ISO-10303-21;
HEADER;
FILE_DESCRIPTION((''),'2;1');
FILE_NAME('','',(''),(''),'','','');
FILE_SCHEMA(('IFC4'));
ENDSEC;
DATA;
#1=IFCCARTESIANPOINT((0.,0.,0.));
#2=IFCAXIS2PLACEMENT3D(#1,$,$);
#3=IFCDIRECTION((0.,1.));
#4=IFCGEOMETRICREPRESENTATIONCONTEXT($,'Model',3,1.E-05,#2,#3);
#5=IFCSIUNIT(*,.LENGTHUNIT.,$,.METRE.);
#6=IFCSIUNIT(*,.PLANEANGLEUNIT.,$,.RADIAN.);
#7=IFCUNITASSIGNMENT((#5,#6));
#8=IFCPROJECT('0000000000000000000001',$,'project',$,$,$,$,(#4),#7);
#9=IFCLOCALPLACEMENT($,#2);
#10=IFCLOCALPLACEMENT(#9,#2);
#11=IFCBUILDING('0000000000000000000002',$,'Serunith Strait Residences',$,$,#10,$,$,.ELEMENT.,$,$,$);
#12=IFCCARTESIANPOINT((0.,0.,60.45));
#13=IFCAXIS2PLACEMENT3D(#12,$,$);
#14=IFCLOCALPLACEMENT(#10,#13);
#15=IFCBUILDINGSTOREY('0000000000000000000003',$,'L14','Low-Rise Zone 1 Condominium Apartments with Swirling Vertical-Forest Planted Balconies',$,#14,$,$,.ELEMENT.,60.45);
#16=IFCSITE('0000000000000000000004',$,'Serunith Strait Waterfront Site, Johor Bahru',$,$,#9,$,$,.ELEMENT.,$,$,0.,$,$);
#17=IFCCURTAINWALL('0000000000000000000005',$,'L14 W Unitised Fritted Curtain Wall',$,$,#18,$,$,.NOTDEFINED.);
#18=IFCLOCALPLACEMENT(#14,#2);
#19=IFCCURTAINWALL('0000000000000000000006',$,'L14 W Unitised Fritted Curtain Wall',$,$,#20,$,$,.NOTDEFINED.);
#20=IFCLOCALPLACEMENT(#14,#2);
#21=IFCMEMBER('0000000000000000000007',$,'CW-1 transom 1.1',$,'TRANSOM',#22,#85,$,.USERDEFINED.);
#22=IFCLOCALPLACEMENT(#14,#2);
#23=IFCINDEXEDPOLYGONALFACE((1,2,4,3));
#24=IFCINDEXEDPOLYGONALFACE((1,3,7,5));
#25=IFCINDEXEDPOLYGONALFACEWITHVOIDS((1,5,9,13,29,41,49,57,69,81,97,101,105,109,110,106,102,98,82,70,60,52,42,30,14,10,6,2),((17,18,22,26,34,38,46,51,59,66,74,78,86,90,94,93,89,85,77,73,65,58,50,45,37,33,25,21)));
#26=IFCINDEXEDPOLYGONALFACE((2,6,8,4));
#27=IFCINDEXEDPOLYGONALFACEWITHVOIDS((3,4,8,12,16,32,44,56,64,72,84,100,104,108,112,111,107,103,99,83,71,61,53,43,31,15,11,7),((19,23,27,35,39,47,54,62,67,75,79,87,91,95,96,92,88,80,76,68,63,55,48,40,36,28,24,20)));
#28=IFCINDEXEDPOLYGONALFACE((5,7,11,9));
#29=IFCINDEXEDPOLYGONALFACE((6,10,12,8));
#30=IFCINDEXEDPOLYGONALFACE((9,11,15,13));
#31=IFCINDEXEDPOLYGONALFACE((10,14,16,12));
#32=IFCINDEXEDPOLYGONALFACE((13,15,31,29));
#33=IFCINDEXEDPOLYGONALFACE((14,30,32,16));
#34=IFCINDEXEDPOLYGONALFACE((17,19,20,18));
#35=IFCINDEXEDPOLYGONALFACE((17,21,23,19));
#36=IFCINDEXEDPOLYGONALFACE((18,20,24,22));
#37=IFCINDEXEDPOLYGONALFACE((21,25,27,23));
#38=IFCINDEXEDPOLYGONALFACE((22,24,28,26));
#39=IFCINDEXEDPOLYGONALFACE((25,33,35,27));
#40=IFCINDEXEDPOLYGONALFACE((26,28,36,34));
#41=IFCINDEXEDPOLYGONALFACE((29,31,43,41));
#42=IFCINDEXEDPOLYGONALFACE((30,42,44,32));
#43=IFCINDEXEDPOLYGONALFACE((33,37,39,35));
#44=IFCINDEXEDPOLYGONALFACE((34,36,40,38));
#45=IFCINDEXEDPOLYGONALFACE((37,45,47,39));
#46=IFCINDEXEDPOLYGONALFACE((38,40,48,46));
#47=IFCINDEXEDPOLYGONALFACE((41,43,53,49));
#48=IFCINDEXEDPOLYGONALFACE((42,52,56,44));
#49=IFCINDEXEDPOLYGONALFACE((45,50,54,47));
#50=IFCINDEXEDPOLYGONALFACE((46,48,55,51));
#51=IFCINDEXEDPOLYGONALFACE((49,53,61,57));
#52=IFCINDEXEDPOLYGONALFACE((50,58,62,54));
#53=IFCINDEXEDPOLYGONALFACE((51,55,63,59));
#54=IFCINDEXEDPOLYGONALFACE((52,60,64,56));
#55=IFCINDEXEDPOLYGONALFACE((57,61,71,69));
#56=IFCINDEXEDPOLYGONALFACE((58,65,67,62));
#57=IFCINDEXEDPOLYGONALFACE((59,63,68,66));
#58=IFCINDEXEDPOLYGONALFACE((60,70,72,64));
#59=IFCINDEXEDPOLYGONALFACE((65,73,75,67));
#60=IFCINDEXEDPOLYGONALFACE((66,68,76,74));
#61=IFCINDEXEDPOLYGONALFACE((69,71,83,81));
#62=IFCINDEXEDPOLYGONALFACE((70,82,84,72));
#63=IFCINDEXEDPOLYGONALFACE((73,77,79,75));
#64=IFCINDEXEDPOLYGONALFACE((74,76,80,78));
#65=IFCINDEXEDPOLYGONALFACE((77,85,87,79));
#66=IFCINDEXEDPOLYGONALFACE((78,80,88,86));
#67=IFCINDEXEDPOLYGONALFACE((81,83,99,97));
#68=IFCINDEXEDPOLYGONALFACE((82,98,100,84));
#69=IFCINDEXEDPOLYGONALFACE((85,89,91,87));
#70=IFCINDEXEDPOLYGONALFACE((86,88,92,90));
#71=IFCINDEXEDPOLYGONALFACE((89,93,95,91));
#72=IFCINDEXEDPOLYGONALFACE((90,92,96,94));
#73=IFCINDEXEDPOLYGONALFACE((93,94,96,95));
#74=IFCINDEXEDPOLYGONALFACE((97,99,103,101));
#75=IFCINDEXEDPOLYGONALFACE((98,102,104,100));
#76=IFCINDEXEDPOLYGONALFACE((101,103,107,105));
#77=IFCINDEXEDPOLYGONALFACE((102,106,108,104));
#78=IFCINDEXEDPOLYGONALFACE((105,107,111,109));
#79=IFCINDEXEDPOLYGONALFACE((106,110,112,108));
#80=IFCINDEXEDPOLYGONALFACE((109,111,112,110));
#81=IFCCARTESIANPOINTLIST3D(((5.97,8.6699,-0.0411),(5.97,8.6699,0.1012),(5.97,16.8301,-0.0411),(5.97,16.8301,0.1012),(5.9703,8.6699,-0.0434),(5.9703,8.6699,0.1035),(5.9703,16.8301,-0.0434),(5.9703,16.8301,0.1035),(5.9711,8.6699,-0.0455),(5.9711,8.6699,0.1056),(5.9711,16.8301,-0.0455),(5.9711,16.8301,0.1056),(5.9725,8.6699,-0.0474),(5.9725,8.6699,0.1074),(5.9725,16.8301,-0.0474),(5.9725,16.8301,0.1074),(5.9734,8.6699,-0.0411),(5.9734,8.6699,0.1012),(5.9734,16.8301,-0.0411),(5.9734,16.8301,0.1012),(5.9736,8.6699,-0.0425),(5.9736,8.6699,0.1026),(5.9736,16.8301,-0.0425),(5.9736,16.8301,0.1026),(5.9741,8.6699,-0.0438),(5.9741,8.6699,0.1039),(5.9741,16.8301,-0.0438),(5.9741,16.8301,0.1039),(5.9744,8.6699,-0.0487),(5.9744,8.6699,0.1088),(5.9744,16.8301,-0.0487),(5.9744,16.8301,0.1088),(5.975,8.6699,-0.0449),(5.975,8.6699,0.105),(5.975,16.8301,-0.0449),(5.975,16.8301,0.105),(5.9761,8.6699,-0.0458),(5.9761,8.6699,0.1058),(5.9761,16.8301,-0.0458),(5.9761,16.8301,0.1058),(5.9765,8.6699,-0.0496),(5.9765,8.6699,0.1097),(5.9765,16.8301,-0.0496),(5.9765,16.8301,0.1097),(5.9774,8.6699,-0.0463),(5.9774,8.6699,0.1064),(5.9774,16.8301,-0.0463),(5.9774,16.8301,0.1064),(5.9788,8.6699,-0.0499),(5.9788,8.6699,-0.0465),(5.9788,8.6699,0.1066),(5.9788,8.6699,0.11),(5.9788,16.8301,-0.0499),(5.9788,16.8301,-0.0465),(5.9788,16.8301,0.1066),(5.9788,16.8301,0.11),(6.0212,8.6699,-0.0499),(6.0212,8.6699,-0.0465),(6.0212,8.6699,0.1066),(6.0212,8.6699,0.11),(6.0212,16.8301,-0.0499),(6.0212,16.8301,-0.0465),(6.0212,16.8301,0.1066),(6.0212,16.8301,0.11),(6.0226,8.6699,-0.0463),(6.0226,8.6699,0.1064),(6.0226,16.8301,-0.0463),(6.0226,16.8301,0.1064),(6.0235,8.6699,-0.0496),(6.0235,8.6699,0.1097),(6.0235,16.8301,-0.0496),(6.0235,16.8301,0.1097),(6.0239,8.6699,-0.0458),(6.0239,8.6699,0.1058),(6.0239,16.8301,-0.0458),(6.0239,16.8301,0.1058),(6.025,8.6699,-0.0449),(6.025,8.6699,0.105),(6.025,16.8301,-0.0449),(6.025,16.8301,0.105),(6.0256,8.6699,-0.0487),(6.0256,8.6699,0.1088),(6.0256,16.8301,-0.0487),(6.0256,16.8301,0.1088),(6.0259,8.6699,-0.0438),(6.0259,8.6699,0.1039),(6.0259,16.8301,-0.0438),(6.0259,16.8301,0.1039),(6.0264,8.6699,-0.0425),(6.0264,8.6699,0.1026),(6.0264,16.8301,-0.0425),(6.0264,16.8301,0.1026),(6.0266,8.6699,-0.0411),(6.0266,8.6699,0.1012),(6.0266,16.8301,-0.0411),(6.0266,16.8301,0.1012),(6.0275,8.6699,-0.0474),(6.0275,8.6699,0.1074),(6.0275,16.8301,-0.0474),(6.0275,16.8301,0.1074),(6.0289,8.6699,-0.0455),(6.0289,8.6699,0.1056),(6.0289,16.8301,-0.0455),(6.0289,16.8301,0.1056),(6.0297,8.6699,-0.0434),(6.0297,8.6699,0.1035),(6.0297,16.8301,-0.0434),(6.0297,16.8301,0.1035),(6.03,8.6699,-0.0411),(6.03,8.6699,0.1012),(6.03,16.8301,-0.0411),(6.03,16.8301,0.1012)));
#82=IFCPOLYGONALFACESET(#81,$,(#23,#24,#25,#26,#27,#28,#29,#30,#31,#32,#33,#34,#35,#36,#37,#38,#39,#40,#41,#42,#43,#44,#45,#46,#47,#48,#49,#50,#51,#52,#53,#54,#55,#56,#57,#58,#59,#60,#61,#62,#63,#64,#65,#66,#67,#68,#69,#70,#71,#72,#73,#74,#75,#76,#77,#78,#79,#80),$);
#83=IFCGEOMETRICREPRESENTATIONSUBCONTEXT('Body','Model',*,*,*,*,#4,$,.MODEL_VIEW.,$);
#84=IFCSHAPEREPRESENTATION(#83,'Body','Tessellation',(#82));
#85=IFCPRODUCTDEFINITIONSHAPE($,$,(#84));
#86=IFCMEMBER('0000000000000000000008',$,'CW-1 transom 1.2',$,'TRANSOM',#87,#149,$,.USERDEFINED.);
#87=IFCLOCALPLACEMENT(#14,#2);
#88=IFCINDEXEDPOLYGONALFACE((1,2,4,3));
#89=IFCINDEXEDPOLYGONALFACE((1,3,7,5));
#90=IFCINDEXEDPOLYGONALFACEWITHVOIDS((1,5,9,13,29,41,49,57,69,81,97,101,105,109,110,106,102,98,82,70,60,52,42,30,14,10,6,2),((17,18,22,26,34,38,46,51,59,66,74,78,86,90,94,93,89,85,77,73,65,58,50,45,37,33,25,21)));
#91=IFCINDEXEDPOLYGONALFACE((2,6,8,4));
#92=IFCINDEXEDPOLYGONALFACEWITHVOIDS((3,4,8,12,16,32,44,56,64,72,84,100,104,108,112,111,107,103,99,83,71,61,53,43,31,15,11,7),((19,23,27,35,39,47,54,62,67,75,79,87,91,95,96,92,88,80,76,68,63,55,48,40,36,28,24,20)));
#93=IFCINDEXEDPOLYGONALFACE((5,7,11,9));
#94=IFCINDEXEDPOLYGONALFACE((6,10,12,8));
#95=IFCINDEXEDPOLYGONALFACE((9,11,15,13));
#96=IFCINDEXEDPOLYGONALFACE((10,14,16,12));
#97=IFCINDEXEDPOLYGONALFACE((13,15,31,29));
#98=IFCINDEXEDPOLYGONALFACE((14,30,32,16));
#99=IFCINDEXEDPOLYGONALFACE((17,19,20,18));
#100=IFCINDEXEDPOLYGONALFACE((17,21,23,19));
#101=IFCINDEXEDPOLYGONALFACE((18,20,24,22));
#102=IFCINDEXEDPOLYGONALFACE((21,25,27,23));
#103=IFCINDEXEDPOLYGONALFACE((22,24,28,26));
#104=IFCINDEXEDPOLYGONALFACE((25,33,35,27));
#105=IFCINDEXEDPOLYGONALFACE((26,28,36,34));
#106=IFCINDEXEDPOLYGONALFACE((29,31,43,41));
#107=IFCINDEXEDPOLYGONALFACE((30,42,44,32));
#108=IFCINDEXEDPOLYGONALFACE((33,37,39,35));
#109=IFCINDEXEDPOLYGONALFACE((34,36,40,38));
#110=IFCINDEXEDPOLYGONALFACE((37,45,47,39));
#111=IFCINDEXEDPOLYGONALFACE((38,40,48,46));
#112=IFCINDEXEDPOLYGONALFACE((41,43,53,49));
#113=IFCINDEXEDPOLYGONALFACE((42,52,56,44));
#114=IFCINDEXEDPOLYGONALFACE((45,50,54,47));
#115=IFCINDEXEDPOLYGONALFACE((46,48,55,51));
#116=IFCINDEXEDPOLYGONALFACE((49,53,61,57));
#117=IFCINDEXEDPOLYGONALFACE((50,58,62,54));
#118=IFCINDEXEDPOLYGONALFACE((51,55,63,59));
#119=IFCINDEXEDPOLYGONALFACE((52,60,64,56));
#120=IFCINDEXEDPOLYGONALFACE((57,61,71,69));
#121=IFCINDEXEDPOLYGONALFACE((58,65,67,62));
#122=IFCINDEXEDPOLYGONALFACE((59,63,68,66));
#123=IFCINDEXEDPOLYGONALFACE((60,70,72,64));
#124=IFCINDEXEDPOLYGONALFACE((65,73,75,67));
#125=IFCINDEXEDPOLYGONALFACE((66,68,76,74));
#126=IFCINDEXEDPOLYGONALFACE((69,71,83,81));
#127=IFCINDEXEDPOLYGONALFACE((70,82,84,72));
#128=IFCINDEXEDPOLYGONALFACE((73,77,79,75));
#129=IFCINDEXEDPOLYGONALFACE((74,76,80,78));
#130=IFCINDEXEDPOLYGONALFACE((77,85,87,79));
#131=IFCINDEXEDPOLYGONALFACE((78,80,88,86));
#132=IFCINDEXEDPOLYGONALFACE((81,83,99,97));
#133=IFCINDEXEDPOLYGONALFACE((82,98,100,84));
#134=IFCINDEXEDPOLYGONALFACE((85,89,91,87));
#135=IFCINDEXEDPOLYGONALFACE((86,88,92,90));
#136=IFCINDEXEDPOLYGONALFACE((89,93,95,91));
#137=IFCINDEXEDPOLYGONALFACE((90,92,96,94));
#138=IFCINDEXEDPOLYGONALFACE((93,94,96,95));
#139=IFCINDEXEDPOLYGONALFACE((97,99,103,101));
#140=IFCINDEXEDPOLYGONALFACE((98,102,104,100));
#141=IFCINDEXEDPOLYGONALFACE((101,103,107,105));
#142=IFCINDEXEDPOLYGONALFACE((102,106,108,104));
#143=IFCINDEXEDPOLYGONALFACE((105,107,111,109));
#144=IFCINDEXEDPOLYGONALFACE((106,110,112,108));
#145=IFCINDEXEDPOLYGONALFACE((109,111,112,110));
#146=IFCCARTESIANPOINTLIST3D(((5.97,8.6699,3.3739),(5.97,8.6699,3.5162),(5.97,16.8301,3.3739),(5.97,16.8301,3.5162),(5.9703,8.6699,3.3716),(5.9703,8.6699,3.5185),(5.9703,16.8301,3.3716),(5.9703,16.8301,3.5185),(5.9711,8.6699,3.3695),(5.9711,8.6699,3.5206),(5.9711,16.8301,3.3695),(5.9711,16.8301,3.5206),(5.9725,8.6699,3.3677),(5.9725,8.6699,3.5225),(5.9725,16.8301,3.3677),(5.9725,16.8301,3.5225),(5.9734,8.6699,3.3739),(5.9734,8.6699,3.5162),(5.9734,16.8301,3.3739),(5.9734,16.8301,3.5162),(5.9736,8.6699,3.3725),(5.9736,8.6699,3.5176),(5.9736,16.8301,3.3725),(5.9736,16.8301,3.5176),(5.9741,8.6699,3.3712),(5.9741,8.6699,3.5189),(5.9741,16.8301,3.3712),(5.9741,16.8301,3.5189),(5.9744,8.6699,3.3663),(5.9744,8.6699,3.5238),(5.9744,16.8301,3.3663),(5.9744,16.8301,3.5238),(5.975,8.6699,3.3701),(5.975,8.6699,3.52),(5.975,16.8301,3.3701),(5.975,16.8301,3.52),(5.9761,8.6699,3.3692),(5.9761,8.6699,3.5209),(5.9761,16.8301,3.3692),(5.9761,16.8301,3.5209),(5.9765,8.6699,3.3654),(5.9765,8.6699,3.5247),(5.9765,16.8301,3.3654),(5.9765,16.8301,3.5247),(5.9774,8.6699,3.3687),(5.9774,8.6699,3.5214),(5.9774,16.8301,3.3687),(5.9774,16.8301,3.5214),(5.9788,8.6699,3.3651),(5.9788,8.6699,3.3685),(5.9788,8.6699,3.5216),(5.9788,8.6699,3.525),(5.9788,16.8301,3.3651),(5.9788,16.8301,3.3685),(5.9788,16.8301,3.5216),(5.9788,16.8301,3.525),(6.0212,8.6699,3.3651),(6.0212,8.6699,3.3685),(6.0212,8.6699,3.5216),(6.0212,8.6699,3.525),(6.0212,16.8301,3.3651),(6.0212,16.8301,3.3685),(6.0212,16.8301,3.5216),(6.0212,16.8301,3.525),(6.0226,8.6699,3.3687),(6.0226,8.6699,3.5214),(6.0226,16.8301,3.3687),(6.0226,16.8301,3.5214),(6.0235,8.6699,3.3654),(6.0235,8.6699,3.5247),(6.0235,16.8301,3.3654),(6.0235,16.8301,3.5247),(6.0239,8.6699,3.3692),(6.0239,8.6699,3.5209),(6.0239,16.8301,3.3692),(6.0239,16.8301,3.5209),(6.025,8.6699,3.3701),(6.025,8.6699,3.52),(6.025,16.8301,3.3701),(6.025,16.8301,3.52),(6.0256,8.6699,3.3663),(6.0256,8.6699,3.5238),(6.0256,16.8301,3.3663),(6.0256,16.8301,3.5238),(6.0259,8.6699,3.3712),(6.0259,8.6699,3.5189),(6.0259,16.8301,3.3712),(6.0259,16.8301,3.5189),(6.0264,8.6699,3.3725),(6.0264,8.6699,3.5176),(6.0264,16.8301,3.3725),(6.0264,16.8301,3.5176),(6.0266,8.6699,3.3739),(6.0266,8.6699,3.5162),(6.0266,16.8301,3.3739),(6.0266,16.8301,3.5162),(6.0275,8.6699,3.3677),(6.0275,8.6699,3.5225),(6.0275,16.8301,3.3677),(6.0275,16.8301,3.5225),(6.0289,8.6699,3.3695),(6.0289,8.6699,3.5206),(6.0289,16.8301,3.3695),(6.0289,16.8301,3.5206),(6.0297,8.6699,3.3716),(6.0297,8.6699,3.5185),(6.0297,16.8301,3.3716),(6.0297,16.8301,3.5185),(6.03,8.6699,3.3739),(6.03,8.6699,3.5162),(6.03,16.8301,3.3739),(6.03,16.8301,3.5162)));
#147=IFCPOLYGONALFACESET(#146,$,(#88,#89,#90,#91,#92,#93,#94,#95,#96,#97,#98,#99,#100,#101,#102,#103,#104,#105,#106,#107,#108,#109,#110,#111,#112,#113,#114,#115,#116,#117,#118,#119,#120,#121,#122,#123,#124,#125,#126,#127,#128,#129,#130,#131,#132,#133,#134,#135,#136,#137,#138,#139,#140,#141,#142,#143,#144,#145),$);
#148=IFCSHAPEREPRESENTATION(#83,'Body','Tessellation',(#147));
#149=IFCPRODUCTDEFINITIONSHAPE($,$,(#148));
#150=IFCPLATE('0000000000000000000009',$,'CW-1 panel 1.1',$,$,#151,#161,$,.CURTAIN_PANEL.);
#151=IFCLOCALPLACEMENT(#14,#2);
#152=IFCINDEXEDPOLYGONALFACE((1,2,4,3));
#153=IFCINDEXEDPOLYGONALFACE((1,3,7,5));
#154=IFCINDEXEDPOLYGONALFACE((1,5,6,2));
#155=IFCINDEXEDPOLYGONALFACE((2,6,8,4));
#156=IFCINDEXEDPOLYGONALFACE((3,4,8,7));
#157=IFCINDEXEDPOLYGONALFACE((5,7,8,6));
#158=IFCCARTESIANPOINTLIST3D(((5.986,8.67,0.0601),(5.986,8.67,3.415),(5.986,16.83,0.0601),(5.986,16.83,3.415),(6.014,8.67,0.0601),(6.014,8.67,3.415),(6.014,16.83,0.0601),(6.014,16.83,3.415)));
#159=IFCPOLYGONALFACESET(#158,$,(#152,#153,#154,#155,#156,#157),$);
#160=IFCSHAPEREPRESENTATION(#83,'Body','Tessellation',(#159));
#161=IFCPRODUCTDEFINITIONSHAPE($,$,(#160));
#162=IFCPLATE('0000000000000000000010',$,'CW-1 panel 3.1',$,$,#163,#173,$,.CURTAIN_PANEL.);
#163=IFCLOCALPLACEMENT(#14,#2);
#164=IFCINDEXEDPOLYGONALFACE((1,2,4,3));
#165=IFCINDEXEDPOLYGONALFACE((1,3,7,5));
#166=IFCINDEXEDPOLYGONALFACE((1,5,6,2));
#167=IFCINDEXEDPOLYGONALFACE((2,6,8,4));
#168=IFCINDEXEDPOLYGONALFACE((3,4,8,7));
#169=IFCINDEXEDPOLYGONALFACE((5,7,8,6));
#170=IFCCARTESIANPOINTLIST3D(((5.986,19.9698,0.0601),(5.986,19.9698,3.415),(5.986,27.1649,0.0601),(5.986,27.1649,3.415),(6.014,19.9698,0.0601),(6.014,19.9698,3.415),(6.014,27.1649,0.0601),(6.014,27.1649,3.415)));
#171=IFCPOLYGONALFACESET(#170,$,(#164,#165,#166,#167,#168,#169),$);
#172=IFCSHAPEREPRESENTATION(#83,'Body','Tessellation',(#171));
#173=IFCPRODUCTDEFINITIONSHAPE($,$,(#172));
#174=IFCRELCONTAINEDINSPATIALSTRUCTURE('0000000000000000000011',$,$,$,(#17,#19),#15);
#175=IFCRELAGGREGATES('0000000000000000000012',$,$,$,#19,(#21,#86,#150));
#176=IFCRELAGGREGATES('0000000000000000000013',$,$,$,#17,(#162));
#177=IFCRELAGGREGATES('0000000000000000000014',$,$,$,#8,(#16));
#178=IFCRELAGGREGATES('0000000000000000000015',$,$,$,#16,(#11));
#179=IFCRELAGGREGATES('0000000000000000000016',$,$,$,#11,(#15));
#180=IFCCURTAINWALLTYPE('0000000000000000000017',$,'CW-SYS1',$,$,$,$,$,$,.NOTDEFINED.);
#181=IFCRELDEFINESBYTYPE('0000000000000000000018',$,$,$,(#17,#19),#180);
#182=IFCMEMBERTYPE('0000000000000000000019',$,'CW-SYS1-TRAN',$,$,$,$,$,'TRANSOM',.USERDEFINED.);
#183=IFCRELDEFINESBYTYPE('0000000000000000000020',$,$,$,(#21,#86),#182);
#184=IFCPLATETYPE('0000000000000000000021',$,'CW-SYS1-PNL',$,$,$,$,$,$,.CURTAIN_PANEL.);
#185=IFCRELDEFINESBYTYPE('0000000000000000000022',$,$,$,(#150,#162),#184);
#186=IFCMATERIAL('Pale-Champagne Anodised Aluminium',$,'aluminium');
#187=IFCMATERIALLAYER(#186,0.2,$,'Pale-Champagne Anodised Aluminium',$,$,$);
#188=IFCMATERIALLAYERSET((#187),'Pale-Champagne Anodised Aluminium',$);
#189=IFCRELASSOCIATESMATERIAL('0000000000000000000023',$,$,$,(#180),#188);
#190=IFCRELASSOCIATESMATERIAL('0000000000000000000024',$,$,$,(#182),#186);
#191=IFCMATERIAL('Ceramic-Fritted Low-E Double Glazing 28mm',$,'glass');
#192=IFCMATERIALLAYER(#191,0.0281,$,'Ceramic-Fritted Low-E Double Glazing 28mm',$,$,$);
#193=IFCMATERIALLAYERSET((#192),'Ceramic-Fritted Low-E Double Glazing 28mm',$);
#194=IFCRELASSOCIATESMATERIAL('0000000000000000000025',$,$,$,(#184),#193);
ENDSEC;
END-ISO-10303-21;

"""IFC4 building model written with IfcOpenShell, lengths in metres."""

from ifc_helpers import new_model, si_unit, direction, frame, origin, origin_2d, place, context, subcontext, project, spatial, rectangle, hollow_rectangle, extrude, source, transform, mapped, material, layer, layer_set, material_profile, profile_set, type_object, element, aggregate, save


model = new_model("IFC4")

# Units and contexts
model_context = context("Model", 3, precision=1e-05, world=origin(), true_north=direction((0.0, 1.0)))
body_context = subcontext(model_context, "Body", "Model", "MODEL_VIEW")
ifc_project = project(units=[si_unit("LENGTHUNIT", "METRE"), si_unit("PLANEANGLEUNIT", "RADIAN")], contexts=[model_context])

# Site, building, storey
site_placement = place(None, origin())
site = spatial("IfcSite", under=ifc_project, at=site_placement, Name="Serunith Strait Waterfront Site, Johor Bahru", CompositionType="ELEMENT", RefElevation=0.0)
building_placement = place(site_placement, origin())
building = spatial("IfcBuilding", under=site, at=building_placement, Name="Serunith Strait Residences", CompositionType="ELEMENT")
storey_placement = place(building_placement, frame((0.0, 0.0, 60.45)))
storey = spatial("IfcBuildingStorey", under=building, at=storey_placement, Name="L14", Description="Low-Rise Zone 1 Condominium Apartments with Swirling Vertical-Forest Planted Balconies", CompositionType="ELEMENT", Elevation=60.45)

# Curtain wall
ifc_material_1 = material(Name="Pale-Champagne Anodised Aluminium", Category="aluminium")
ifc_layer_1 = layer(ifc_material_1, 0.2, Name="Pale-Champagne Anodised Aluminium")
ifc_layer_set_1 = layer_set([ifc_layer_1], Name="Pale-Champagne Anodised Aluminium")
curtain_wall_type = type_object("IfcCurtainWallType", Name="CW-SYS1", PredefinedType="NOTDEFINED", material=ifc_layer_set_1)
curtain_wall_1_placement = place(storey_placement, origin())
curtain_wall_1 = element("IfcCurtainWall", 1, at=curtain_wall_1_placement, inside=storey, type_object=curtain_wall_type, Name="L14 W Unitised Fritted Curtain Wall", PredefinedType="NOTDEFINED")

# Curtain wall, members, plate
curtain_wall_2_placement = place(storey_placement, origin())
curtain_wall_2 = element("IfcCurtainWall", 2, at=curtain_wall_2_placement, inside=storey, type_object=curtain_wall_type, Name="L14 W Unitised Fritted Curtain Wall", PredefinedType="NOTDEFINED")
ifc_material_profile_1 = material_profile(ifc_material_1, hollow_rectangle(XDim=0.0601, YDim=0.1599, WallThickness=0.0034, InnerFilletRadius=0.0054, OuterFilletRadius=0.0088, at=origin_2d()), Name="ALU 160x60x3.5")
ifc_profile_set_1 = profile_set([ifc_material_profile_1], Name="Pale-Champagne Anodised Aluminium")
member_type_1 = type_object("IfcMemberType", Name="CW-SYS1-TRAN", ElementType="TRANSOM", PredefinedType="USERDEFINED", material=ifc_profile_set_1)
shared_shape_1 = source(origin(), body_context, "Body", "SweptSolid", [
    extrude(hollow_rectangle(XDim=0.0601, YDim=0.1599, WallThickness=0.0034, InnerFilletRadius=0.0054, OuterFilletRadius=0.0088, at=origin_2d()), origin(), (0.0, 0.0, 1.0), 8.1602),
])
member_1_placement = place(storey_placement, frame((6.0, 16.8301, 0.03), z_axis=(0.0, -1.0, 0.0), x_axis=(1.0, 0.0, 0.0)))
member_1 = element("IfcMember", 3, at=member_1_placement, type_object=member_type_1, Name="CW-1 transom 1.1", ObjectType="TRANSOM", PredefinedType="USERDEFINED", context=body_context, shape_type="MappedRepresentation", body=[
    mapped(shared_shape_1, transform((0.0, 0.0, 0.0), scale=1.0)),
])
member_2_placement = place(storey_placement, frame((6.0, 16.8301, 3.4451), z_axis=(0.0, -1.0, 0.0), x_axis=(1.0, 0.0, 0.0)))
member_2 = element("IfcMember", 4, at=member_2_placement, type_object=member_type_1, Name="CW-1 transom 1.2", ObjectType="TRANSOM", PredefinedType="USERDEFINED", context=body_context, shape_type="MappedRepresentation", body=[
    mapped(shared_shape_1, transform((0.0, 0.0, 0.0), scale=1.0)),
])
ifc_material_2 = material(Name="Ceramic-Fritted Low-E Double Glazing 28mm", Category="glass")
ifc_layer_2 = layer(ifc_material_2, 0.0281, Name="Ceramic-Fritted Low-E Double Glazing 28mm")
ifc_layer_set_2 = layer_set([ifc_layer_2], Name="Ceramic-Fritted Low-E Double Glazing 28mm")
plate_type = type_object("IfcPlateType", Name="CW-SYS1-PNL", PredefinedType="CURTAIN_PANEL", material=ifc_layer_set_2)
shared_shape_2 = source(origin(), body_context, "Body", "SweptSolid", [
    extrude(rectangle(XDim=8.1599, YDim=0.0281, at=origin_2d()), origin(), (0.0, 0.0, 1.0), 3.355),
])
plate_1_placement = place(storey_placement, frame((6.0, 12.75, 0.0601), z_axis=(0.0, 0.0, 1.0), x_axis=(0.0, -1.0, 0.0)))
plate_1 = element("IfcPlate", 5, at=plate_1_placement, type_object=plate_type, Name="CW-1 panel 1.1", PredefinedType="CURTAIN_PANEL", context=body_context, shape_type="MappedRepresentation", body=[
    mapped(shared_shape_2, transform((0.0, 0.0, 0.0), scale=1.0)),
])
aggregate(curtain_wall_2, [member_1, member_2, plate_1])

# Plate
shared_shape_3 = source(origin(), body_context, "Body", "SweptSolid", [
    extrude(rectangle(XDim=7.1951, YDim=0.0281, at=origin_2d()), origin(), (0.0, 0.0, 1.0), 3.355),
])
plate_2_placement = place(storey_placement, frame((6.0, 23.5674, 0.0601), z_axis=(0.0, 0.0, 1.0), x_axis=(0.0, -1.0, 0.0)))
plate_2 = element("IfcPlate", 6, at=plate_2_placement, type_object=plate_type, Name="CW-1 panel 3.1", PredefinedType="CURTAIN_PANEL", context=body_context, shape_type="MappedRepresentation", body=[
    mapped(shared_shape_3, transform((0.0, 0.0, 0.0), scale=1.0)),
])
aggregate(curtain_wall_1, [plate_2])

save(model, "model.ifc")
